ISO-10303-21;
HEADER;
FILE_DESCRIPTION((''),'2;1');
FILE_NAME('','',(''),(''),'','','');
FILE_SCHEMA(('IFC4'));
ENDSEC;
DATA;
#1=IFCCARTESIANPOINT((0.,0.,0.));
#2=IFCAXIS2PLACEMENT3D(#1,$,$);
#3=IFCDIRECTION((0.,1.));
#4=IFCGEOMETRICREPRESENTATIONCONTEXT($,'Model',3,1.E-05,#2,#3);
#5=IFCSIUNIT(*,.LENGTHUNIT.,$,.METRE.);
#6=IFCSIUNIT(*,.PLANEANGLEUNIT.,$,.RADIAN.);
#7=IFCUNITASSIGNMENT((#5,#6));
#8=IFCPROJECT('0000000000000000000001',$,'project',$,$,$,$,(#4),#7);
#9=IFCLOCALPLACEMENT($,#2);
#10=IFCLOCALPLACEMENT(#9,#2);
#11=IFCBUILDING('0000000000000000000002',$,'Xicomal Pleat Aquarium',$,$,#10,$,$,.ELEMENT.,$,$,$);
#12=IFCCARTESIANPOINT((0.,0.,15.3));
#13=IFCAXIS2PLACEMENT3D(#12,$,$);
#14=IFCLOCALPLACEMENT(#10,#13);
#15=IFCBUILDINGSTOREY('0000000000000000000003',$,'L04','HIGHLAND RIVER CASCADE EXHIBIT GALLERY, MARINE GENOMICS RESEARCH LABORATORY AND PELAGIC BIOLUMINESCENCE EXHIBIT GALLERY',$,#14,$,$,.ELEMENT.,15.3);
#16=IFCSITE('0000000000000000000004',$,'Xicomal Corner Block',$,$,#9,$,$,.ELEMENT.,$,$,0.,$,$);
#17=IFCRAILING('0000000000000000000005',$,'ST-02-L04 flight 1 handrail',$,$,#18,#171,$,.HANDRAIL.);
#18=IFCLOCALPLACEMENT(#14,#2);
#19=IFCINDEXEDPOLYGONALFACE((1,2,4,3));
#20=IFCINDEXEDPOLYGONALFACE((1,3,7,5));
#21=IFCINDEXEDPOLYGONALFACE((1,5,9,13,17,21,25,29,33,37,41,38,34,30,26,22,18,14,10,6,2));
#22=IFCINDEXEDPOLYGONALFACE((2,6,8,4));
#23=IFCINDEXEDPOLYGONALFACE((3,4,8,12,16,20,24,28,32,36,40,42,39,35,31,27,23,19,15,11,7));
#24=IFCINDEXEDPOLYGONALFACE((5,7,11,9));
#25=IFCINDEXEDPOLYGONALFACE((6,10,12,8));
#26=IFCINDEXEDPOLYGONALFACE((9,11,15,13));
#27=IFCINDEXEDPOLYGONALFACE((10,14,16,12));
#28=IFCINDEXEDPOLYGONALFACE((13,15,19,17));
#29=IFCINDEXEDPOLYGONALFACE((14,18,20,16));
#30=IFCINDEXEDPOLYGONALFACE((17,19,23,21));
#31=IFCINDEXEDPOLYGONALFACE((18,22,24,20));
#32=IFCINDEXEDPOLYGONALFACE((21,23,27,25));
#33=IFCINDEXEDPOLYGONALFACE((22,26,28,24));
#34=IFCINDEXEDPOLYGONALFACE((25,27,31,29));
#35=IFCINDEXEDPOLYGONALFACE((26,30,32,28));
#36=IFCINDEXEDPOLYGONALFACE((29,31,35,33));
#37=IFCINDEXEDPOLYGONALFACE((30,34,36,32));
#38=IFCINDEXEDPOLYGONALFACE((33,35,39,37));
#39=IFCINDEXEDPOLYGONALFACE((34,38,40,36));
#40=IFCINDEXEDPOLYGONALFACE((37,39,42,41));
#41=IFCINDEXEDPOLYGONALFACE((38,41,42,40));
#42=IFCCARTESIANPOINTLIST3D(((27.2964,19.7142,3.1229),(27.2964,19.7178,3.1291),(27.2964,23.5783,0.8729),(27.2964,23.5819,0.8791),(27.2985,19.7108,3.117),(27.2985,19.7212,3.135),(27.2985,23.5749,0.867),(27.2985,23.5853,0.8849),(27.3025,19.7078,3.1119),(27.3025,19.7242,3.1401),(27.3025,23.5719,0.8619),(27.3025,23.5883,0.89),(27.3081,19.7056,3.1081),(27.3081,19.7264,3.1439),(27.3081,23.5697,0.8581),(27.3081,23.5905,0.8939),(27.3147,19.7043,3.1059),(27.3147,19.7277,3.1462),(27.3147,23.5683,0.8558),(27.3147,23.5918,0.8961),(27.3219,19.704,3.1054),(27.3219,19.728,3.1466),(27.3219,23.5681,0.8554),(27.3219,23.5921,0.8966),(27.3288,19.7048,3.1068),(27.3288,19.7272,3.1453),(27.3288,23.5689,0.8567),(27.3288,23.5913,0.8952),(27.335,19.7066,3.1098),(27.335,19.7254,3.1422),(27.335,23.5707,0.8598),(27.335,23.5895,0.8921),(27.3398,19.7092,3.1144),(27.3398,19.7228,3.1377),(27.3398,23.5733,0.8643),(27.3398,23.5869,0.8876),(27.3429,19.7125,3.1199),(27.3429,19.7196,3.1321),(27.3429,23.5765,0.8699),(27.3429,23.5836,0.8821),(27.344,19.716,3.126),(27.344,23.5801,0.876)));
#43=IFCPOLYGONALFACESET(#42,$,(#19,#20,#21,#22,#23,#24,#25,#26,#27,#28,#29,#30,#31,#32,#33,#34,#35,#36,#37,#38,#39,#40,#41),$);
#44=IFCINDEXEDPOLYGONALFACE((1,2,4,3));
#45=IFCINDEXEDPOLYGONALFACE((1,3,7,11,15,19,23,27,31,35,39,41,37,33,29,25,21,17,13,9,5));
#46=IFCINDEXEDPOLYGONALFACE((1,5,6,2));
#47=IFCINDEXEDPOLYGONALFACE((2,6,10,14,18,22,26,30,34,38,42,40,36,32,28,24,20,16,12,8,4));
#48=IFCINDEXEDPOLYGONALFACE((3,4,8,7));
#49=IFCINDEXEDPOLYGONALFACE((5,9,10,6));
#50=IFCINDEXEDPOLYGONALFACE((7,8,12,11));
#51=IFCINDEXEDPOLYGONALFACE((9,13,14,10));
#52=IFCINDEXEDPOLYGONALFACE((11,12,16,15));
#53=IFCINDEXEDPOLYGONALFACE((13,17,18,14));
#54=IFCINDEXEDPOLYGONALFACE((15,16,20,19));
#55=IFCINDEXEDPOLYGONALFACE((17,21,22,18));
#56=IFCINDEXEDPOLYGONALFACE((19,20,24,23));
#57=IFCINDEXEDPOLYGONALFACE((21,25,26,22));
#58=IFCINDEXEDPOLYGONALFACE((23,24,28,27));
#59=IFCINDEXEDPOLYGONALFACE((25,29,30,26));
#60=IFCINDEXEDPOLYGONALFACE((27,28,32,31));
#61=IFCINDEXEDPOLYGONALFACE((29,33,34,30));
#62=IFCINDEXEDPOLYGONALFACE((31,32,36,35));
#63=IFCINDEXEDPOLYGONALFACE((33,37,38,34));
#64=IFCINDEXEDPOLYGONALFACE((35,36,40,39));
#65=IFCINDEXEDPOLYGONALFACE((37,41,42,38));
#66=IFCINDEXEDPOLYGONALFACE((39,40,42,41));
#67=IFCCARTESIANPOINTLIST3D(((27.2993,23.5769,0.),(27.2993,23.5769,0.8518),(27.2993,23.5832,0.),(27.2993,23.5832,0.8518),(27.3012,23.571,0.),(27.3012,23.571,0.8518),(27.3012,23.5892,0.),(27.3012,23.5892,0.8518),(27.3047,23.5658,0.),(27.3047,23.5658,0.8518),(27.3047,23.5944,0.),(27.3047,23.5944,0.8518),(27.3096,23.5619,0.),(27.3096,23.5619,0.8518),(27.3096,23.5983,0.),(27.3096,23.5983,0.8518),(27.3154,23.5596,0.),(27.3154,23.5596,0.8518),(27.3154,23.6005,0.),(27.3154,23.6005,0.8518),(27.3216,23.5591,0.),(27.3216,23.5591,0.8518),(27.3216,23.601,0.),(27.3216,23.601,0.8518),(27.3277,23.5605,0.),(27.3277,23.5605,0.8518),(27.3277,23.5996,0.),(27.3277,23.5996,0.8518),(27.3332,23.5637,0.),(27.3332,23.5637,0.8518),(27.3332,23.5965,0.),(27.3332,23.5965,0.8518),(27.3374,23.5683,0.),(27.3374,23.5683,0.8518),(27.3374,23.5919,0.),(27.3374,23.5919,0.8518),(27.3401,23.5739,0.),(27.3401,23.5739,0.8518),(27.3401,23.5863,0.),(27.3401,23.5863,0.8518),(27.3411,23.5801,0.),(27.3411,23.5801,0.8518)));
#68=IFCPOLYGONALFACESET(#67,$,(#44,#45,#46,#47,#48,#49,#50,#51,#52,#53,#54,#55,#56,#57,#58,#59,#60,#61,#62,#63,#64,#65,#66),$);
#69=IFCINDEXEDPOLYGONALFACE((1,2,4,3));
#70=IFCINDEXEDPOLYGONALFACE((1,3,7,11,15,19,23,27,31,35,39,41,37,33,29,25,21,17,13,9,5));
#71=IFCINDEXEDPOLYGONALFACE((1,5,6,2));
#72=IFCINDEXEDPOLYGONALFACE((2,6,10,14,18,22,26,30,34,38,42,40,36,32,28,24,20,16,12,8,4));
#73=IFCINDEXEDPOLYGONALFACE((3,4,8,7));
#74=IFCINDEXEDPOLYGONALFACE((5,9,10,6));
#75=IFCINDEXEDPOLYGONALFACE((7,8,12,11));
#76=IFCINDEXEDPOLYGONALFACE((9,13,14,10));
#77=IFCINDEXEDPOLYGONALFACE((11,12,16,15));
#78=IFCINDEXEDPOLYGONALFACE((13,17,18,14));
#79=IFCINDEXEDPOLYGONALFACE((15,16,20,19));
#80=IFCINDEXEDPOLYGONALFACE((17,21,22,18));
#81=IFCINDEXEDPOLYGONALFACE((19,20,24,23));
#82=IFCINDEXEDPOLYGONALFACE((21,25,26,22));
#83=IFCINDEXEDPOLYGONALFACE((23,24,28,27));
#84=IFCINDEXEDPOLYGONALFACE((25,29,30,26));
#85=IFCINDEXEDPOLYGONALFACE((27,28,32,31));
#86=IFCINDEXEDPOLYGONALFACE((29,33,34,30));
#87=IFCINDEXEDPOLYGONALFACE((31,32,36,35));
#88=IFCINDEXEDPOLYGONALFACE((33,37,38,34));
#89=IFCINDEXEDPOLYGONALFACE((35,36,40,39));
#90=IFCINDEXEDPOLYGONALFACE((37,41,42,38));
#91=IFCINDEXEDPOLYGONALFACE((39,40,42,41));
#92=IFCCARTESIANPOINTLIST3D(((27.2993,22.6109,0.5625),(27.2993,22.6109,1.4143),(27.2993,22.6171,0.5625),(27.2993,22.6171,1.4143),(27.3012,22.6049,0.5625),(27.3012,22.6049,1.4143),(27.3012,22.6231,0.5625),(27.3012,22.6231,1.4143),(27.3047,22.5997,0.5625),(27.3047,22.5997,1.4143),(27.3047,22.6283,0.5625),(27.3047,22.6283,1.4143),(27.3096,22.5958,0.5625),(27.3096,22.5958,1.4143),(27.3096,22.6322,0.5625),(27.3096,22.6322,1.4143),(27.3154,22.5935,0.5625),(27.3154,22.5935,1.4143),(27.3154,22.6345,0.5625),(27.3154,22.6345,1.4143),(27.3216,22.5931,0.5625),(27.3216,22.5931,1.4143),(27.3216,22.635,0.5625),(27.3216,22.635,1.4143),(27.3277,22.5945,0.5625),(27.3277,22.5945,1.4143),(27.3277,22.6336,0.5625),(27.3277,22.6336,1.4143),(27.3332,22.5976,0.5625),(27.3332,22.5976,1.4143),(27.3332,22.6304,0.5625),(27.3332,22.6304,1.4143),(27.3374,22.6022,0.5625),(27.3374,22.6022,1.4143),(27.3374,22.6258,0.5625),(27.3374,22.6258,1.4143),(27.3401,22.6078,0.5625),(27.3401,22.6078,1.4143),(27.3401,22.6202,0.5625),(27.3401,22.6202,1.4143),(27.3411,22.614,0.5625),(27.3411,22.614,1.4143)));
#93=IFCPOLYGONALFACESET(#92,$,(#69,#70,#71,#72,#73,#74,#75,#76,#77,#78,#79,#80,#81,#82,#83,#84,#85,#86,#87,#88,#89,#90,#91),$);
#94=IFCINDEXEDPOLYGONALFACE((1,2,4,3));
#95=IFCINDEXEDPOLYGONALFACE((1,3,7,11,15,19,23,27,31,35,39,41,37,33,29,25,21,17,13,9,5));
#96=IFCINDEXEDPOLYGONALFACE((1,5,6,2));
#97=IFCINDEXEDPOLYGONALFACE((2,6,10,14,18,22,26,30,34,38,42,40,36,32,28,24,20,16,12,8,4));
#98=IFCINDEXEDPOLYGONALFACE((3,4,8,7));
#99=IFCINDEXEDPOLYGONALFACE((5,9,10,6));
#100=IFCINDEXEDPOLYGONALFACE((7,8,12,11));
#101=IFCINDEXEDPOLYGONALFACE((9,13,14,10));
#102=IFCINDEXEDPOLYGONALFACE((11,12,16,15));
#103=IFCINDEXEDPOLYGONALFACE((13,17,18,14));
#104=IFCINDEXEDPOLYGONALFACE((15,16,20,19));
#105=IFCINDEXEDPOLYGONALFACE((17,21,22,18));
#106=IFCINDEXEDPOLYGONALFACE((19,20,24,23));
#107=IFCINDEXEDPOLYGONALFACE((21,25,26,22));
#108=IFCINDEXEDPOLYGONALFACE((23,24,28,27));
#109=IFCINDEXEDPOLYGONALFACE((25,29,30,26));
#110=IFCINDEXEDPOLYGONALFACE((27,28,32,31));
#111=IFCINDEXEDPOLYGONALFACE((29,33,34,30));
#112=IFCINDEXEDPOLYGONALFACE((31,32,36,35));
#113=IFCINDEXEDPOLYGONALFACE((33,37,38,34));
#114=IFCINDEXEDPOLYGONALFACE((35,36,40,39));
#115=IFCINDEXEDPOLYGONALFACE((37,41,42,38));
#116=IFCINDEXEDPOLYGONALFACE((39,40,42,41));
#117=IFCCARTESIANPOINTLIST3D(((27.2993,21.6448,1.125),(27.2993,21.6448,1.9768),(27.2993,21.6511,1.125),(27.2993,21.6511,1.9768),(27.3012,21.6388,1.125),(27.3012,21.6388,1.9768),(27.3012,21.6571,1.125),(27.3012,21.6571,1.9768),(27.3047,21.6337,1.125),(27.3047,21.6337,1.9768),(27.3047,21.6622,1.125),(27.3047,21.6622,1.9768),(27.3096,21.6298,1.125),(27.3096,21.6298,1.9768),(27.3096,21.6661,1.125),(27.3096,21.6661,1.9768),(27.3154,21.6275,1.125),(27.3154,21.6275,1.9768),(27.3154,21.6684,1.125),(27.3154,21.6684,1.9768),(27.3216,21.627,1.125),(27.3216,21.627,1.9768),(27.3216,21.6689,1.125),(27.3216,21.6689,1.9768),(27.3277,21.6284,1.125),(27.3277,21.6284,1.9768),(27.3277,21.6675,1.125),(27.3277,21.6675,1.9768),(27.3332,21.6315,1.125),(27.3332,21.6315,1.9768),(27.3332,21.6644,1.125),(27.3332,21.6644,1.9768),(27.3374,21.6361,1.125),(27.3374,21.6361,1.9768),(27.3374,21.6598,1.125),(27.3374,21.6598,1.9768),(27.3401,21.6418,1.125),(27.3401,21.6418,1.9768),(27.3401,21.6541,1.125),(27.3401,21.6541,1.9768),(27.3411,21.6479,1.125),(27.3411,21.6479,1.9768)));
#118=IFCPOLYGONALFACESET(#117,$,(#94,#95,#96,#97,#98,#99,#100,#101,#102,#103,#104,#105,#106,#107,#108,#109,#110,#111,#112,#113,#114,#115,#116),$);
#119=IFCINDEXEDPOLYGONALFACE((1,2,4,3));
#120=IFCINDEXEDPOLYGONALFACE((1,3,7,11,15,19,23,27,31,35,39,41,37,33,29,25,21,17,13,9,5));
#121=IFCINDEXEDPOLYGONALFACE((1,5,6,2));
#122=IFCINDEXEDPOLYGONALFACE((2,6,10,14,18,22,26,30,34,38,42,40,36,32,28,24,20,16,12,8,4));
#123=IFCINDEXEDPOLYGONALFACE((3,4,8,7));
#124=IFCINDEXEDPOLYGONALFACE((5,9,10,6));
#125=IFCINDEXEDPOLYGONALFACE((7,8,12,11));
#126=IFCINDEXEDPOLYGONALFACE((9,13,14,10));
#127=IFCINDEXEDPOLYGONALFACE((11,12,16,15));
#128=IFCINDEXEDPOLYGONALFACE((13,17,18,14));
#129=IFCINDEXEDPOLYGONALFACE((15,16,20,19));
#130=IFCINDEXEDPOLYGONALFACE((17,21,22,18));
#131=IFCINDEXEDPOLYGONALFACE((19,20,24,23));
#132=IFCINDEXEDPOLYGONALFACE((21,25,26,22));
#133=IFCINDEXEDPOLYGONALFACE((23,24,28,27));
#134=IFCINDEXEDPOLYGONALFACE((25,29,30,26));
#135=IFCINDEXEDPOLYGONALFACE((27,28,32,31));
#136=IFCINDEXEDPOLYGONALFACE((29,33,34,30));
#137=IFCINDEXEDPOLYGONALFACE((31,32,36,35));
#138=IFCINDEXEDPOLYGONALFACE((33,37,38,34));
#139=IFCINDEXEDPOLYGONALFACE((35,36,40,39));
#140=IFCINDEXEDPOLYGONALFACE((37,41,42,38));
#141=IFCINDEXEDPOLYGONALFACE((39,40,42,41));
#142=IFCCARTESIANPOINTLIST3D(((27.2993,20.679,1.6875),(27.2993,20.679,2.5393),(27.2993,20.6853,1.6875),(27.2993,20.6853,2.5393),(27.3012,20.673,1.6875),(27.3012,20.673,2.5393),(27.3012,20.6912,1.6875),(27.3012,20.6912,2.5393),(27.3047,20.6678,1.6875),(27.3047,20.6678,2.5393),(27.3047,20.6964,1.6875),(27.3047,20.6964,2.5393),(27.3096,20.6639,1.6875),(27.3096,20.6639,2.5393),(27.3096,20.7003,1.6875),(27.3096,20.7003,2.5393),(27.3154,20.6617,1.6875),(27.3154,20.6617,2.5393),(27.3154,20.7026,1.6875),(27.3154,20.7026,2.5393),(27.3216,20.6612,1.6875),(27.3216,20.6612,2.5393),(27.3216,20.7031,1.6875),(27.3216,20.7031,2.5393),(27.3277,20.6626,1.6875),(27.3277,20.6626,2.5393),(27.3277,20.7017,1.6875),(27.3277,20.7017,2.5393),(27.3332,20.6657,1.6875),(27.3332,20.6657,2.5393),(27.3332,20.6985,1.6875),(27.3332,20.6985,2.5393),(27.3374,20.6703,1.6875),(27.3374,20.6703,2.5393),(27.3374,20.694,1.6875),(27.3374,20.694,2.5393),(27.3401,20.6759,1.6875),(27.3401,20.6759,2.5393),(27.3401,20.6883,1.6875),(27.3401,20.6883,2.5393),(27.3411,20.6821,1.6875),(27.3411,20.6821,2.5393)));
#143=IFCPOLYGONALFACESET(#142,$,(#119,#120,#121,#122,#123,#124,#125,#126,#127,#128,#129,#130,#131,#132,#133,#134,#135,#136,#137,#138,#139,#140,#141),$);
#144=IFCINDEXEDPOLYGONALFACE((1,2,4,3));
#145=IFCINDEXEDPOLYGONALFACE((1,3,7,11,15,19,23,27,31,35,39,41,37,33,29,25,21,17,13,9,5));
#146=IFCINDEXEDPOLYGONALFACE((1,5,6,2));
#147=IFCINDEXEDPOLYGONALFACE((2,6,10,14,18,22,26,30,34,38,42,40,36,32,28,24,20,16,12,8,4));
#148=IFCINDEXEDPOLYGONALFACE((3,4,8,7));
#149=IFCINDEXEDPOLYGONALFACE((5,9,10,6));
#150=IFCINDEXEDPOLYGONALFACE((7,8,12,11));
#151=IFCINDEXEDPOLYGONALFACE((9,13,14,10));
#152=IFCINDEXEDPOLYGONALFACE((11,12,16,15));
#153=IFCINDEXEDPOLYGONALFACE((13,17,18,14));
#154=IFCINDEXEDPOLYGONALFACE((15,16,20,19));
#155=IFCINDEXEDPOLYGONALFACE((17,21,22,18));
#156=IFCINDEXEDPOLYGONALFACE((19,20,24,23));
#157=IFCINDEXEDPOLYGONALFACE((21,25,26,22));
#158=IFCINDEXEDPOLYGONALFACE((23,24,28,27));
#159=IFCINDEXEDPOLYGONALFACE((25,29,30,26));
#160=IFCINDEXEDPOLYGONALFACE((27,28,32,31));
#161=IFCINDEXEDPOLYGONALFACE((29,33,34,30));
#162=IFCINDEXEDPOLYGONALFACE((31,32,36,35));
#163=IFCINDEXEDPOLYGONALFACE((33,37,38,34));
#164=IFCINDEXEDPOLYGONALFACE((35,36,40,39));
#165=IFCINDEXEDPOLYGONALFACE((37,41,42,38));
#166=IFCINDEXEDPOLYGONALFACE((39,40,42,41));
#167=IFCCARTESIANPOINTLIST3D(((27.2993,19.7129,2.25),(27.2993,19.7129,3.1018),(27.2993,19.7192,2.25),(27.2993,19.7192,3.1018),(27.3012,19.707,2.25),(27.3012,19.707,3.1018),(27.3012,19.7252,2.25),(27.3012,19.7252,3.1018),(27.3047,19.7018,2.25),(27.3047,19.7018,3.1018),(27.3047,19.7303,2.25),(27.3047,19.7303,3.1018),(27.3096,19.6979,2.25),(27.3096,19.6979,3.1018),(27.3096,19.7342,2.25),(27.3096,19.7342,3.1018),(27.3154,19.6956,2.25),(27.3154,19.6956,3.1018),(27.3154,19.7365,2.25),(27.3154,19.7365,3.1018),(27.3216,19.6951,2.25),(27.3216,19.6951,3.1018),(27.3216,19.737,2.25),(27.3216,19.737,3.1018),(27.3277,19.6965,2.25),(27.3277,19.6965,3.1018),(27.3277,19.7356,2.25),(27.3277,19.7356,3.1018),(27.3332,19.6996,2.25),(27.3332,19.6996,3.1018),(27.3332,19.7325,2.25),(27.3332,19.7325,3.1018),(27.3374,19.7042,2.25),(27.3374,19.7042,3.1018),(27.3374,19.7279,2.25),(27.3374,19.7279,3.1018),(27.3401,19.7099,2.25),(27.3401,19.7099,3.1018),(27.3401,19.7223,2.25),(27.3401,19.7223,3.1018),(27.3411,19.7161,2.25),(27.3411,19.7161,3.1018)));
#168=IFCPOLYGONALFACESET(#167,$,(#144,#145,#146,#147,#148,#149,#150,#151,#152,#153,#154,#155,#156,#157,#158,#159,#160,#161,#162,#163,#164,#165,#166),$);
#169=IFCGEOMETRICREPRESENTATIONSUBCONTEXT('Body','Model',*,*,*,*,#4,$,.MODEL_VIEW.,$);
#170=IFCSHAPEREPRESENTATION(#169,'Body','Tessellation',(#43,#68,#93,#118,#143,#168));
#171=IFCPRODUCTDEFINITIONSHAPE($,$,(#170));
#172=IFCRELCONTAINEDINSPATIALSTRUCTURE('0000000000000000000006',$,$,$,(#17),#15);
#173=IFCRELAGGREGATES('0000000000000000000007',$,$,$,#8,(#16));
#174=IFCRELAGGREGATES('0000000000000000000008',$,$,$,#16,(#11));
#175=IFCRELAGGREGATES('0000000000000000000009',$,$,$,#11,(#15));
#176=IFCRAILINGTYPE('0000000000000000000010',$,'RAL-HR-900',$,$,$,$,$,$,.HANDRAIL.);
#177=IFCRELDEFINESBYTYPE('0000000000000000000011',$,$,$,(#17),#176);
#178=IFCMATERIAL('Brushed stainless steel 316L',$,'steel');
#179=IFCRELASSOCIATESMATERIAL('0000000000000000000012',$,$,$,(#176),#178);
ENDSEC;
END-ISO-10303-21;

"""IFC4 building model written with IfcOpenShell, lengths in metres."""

from ifc_helpers import new_model, si_unit, direction, frame, origin, origin_2d, place, context, subcontext, project, spatial, circle, extrude, material, type_object, element, save


model = new_model("IFC4")

# Units and contexts
model_context = context("Model", 3, precision=1e-05, world=origin(), true_north=direction((0.0, 1.0)))
body_context = subcontext(model_context, "Body", "Model", "MODEL_VIEW")
ifc_project = project(units=[si_unit("LENGTHUNIT", "METRE"), si_unit("PLANEANGLEUNIT", "RADIAN")], contexts=[model_context])

# Site, building, storey
site_placement = place(None, origin())
site = spatial("IfcSite", under=ifc_project, at=site_placement, Name="Xicomal Corner Block", CompositionType="ELEMENT", RefElevation=0.0)
building_placement = place(site_placement, origin())
building = spatial("IfcBuilding", under=site, at=building_placement, Name="Xicomal Pleat Aquarium", CompositionType="ELEMENT")
storey_placement = place(building_placement, frame((0.0, 0.0, 15.3)))
storey = spatial("IfcBuildingStorey", under=building, at=storey_placement, Name="L04", Description="HIGHLAND RIVER CASCADE EXHIBIT GALLERY, MARINE GENOMICS RESEARCH LABORATORY AND PELAGIC BIOLUMINESCENCE EXHIBIT GALLERY", CompositionType="ELEMENT", Elevation=15.3)

# Railing
ifc_material_1 = material(Name="Brushed stainless steel 316L", Category="steel")
railing_type_1 = type_object("IfcRailingType", Name="RAL-HR-900", PredefinedType="HANDRAIL", material=ifc_material_1)
railing_1_placement = place(storey_placement, frame((27.3201, 23.5801, 0.0)))
element("IfcRailing", 1, at=railing_1_placement, inside=storey, type_object=railing_type_1, Name="ST-02-L04 flight 1 handrail", PredefinedType="HANDRAIL", context=body_context, shape_type="SweptSolid", body=[
    extrude(circle(Radius=0.0239, at=origin_2d()), frame((0.0, 0.0, 0.876), z_axis=(0.0, -0.864169, 0.503202), x_axis=(1.0, 0.0, 0.0)), (0.0, 0.0, 1.0), 4.4714),
    extrude(circle(Radius=0.021, at=origin_2d()), origin(), (0.0, 0.0, 1.0), 0.8518),
    extrude(circle(Radius=0.021, at=origin_2d()), frame((0.0, -0.9661, 0.5625)), (0.0, 0.0, 1.0), 0.8518),
    extrude(circle(Radius=0.021, at=origin_2d()), frame((0.0, -1.9321, 1.125)), (0.0, 0.0, 1.0), 0.8518),
    extrude(circle(Radius=0.021, at=origin_2d()), frame((0.0, -2.8979, 1.6875)), (0.0, 0.0, 1.0), 0.8518),
    extrude(circle(Radius=0.021, at=origin_2d()), frame((0.0, -3.864, 2.25)), (0.0, 0.0, 1.0), 0.8518),
])

save(model, "model.ifc")
